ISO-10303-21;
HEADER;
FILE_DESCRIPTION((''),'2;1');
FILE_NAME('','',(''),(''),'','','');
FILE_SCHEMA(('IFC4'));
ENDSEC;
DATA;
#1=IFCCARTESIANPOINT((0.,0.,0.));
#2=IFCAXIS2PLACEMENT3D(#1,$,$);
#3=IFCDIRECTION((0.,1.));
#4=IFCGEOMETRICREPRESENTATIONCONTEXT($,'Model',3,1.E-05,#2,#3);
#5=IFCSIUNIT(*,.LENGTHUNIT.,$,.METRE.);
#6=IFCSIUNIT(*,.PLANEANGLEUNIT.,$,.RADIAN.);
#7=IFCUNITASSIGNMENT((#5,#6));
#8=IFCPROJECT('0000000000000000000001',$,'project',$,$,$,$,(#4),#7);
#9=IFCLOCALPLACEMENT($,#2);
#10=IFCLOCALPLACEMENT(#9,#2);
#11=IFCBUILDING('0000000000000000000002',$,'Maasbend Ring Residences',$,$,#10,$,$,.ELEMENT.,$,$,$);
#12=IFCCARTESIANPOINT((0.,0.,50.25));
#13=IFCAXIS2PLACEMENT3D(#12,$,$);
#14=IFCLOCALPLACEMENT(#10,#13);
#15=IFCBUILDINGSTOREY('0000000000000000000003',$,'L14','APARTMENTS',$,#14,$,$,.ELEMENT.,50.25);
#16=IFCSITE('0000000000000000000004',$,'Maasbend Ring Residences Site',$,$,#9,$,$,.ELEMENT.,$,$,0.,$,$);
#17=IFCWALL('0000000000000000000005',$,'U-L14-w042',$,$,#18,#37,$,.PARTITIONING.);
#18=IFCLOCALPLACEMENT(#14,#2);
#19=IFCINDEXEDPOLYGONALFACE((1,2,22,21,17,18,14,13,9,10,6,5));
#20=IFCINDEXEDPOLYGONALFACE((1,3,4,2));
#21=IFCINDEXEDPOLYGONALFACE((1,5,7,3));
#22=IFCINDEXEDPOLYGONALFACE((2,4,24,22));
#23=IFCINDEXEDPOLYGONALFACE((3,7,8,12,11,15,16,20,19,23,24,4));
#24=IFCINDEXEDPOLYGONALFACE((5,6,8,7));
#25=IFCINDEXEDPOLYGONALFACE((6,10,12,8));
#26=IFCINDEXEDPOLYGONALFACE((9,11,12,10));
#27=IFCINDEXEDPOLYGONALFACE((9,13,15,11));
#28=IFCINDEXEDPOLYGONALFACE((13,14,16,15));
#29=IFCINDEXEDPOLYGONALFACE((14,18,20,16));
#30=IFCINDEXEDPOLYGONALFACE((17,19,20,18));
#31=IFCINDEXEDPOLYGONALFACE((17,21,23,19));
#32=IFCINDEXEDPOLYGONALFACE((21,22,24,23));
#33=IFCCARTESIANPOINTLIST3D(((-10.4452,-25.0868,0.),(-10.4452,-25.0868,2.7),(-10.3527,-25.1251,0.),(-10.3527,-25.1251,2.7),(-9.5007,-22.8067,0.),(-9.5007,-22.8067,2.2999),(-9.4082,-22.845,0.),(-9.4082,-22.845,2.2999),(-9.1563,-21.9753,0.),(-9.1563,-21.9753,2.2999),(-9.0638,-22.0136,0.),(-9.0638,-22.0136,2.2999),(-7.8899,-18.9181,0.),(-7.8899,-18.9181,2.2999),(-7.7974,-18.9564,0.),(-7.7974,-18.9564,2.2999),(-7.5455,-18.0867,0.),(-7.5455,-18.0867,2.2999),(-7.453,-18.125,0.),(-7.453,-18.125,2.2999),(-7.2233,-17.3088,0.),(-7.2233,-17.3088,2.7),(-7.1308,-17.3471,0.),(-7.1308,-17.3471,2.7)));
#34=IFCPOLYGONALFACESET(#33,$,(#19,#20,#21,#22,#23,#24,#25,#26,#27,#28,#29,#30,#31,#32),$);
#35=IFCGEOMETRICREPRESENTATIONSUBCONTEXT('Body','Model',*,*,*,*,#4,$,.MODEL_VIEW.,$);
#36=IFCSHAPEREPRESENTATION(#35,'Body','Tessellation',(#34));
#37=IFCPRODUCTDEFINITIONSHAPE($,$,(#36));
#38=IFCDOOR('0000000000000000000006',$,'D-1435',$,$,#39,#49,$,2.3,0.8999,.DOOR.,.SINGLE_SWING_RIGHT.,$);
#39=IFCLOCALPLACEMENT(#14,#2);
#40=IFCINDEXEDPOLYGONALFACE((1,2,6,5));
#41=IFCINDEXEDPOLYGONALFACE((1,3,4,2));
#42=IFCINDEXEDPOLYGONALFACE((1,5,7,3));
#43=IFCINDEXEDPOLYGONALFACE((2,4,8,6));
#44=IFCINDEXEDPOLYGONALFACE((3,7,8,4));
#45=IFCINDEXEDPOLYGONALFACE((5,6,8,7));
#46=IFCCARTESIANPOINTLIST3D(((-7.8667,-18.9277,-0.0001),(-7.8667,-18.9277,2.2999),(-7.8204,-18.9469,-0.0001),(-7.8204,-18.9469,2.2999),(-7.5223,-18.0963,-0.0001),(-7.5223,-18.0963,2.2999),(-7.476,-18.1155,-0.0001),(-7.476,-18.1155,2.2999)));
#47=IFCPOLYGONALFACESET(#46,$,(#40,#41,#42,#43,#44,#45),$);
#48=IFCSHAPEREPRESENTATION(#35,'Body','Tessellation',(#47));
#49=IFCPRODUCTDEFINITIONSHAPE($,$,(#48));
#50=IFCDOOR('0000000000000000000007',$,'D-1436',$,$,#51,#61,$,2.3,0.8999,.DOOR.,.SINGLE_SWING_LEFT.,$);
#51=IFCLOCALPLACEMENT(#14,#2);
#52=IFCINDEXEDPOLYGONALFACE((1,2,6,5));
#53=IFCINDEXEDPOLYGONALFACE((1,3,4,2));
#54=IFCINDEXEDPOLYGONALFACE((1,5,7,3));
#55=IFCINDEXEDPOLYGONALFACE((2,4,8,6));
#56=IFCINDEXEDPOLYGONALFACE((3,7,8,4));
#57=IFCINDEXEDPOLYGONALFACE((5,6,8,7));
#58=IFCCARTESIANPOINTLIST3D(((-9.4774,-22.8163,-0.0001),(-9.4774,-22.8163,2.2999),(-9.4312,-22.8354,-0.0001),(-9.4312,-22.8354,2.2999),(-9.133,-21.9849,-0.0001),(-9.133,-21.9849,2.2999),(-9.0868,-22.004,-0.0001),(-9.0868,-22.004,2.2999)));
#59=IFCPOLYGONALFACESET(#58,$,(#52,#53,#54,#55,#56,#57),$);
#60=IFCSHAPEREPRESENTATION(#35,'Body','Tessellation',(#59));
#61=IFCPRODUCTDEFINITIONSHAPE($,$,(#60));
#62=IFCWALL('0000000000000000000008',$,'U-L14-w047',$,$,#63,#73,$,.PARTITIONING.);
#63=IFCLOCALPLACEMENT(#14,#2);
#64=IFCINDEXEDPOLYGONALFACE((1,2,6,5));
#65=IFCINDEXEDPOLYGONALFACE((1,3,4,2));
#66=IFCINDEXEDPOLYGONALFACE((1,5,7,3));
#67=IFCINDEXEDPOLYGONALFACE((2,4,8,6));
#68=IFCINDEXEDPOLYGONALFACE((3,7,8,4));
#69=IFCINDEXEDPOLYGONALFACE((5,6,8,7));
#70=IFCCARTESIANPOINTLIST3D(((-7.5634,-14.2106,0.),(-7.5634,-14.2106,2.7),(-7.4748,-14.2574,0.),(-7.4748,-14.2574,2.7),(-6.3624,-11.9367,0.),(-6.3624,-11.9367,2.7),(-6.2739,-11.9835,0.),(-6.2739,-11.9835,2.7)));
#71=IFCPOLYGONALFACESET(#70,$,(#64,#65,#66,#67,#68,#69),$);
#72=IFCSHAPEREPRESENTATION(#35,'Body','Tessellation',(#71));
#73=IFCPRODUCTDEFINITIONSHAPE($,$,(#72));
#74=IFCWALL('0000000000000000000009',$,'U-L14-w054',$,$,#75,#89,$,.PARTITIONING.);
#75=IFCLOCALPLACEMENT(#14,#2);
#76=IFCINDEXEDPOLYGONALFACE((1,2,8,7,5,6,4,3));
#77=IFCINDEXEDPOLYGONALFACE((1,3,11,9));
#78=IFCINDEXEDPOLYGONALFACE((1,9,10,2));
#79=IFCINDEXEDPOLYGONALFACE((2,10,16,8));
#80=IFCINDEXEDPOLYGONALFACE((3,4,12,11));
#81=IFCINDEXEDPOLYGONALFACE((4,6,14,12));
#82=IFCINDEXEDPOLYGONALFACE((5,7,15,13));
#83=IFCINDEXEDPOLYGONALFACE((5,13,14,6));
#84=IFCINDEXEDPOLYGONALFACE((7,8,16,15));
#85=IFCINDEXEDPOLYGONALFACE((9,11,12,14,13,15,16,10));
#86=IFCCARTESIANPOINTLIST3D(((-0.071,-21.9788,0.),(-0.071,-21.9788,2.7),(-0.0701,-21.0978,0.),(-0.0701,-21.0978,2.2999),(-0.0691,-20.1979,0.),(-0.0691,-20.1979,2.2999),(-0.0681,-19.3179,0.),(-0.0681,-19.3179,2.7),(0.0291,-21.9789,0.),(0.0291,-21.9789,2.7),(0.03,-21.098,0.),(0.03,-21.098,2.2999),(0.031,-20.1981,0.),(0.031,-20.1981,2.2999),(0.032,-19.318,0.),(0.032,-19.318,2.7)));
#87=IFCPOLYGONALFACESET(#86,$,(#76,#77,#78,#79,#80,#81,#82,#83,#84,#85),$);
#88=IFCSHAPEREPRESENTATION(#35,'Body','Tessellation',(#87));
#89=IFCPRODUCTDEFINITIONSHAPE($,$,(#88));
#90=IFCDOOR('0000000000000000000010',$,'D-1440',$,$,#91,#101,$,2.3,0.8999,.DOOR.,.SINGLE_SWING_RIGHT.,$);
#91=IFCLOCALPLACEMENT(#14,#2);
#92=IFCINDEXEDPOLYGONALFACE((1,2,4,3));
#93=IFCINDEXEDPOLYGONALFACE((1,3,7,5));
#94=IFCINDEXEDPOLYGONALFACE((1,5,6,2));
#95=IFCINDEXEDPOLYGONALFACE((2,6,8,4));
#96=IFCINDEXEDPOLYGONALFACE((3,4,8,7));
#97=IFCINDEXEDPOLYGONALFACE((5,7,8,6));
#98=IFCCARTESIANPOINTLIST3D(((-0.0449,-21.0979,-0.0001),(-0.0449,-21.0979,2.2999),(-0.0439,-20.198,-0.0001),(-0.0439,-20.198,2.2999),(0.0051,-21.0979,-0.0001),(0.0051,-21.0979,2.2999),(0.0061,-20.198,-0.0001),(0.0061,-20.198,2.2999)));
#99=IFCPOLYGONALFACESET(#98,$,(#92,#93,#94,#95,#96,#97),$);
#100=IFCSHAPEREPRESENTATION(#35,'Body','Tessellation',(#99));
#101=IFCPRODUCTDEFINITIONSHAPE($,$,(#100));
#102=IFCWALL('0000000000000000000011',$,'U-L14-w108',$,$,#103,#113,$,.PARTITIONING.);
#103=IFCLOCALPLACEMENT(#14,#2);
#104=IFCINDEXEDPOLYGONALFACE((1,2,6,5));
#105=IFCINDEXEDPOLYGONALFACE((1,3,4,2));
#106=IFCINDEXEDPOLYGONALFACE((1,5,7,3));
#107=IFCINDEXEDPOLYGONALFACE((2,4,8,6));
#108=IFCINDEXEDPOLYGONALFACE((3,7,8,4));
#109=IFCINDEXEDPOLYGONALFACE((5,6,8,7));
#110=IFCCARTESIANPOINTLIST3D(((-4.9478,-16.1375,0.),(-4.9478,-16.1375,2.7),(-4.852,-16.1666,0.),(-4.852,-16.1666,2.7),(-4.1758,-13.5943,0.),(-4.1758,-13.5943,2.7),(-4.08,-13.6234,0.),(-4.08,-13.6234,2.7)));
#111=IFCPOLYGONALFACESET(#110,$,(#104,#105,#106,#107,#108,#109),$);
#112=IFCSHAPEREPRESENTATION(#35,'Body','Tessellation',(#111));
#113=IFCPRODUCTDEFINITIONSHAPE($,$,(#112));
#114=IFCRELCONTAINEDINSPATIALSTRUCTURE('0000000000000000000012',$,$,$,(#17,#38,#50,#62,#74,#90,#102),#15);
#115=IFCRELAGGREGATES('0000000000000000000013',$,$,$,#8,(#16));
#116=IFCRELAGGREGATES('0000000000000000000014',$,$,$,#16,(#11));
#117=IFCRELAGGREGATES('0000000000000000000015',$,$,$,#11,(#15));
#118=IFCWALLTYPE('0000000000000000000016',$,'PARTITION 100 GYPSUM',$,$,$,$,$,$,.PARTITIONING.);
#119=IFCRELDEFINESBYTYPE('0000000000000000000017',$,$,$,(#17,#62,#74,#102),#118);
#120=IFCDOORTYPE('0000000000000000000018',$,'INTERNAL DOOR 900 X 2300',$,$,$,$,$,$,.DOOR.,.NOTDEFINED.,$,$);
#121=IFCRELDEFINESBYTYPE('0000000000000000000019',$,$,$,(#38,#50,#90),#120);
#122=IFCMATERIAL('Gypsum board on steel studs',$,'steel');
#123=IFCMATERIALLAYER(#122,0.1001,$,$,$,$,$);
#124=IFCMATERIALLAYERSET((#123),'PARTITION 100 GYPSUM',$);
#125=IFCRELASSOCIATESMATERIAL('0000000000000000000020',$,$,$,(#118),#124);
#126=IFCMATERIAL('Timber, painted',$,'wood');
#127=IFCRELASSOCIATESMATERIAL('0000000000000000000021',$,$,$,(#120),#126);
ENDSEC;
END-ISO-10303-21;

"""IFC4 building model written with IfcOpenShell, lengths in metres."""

from ifc_helpers import new_model, si_unit, direction, frame, frame_2d, origin, place, context, subcontext, project, spatial, rectangle, extrude, material, layer, layer_set, type_object, element, fill, save


model = new_model("IFC4")

# Units and contexts
model_context = context("Model", 3, precision=1e-05, world=origin(), true_north=direction((0.0, 1.0)))
body_context = subcontext(model_context, "Body", "Model", "MODEL_VIEW")
ifc_project = project(units=[si_unit("LENGTHUNIT", "METRE"), si_unit("PLANEANGLEUNIT", "RADIAN")], contexts=[model_context])

# Site, building, storey
site_placement = place(None, origin())
site = spatial("IfcSite", under=ifc_project, at=site_placement, Name="Maasbend Ring Residences Site", CompositionType="ELEMENT", RefElevation=0.0)
building_placement = place(site_placement, origin())
building = spatial("IfcBuilding", under=site, at=building_placement, Name="Maasbend Ring Residences", CompositionType="ELEMENT")
storey_placement = place(building_placement, frame((0.0, 0.0, 50.25)))
storey = spatial("IfcBuildingStorey", under=building, at=storey_placement, Name="L14", Description="APARTMENTS", CompositionType="ELEMENT", Elevation=50.25)

# Shared definitions
ifc_material_1 = material(Name="Gypsum board on steel studs", Category="steel")
ifc_layer_1 = layer(ifc_material_1, 0.1001)
ifc_layer_set_1 = layer_set([ifc_layer_1], Name="PARTITION 100 GYPSUM")
wall_type_1 = type_object("IfcWallType", Name="PARTITION 100 GYPSUM", PredefinedType="PARTITIONING", material=ifc_layer_set_1)

# Wall, openings, doors
wall_1_placement = place(storey_placement, frame((-10.3989, -25.106, 0.0), z_axis=(0.0, 0.0, 1.0), x_axis=(0.382698, 0.923874, 0.0)))
wall_1 = element("IfcWall", 1, at=wall_1_placement, inside=storey, type_object=wall_type_1, Name="U-L14-w042", PredefinedType="PARTITIONING", context=body_context, shape_type="SweptSolid", body=[
    extrude(rectangle(XDim=8.4189, YDim=0.1001, at=frame_2d((4.2095, 0.0))), origin(), (0.0, 0.0, 1.0), 2.7),
])
opening_1_placement = place(wall_1_placement, frame((6.677, 0.0, 0.0)))
opening_1 = element("IfcOpeningElement", 2, at=opening_1_placement, cuts=wall_1, PredefinedType="OPENING", context=body_context, shape_type="SweptSolid", body=[
    extrude(rectangle(XDim=0.8999, YDim=2.3, at=frame_2d((0.45, 1.1499))), frame((0.0, 0.0601, 0.0), z_axis=(0.0, -1.0, 0.0), x_axis=(1.0, 0.0, 0.0)), (0.0, 0.0, 1.0), 0.1201),
])
opening_2_placement = place(wall_1_placement, frame((2.468, 0.0, 0.0)))
opening_2 = element("IfcOpeningElement", 3, at=opening_2_placement, cuts=wall_1, PredefinedType="OPENING", context=body_context, shape_type="SweptSolid", body=[
    extrude(rectangle(XDim=0.8999, YDim=2.3, at=frame_2d((0.45, 1.1499))), frame((0.0, 0.0601, 0.0), z_axis=(0.0, -1.0, 0.0), x_axis=(1.0, 0.0, 0.0)), (0.0, 0.0, 1.0), 0.1201),
])
ifc_material_2 = material(Name="Timber, painted", Category="wood")
door_type_1 = type_object("IfcDoorType", Name="INTERNAL DOOR 900 X 2300", OperationType="NOTDEFINED", PredefinedType="DOOR", material=ifc_material_2)
door_1_placement = place(opening_1_placement, origin())
door_1 = element("IfcDoor", 4, at=door_1_placement, inside=storey, type_object=door_type_1, Name="D-1435", OperationType="SINGLE_SWING_RIGHT", OverallHeight=2.3, OverallWidth=0.8999, PredefinedType="DOOR", context=body_context, shape_type="SweptSolid", body=[
    extrude(rectangle(XDim=0.8999, YDim=2.3, at=frame_2d((0.45, 1.1499))), frame((0.0, 0.0249, 0.0), z_axis=(0.0, -1.0, 0.0), x_axis=(1.0, 0.0, 0.0)), (0.0, 0.0, 1.0), 0.05),
])
fill(opening_1, door_1)
door_2_placement = place(opening_2_placement, origin())
door_2 = element("IfcDoor", 5, at=door_2_placement, inside=storey, type_object=door_type_1, Name="D-1436", OperationType="SINGLE_SWING_LEFT", OverallHeight=2.3, OverallWidth=0.8999, PredefinedType="DOOR", context=body_context, shape_type="SweptSolid", body=[
    extrude(rectangle(XDim=0.8999, YDim=2.3, at=frame_2d((0.45, 1.1499))), frame((0.0, 0.0249, 0.0), z_axis=(0.0, -1.0, 0.0), x_axis=(1.0, 0.0, 0.0)), (0.0, 0.0, 1.0), 0.05),
])
fill(opening_2, door_2)

# Wall
wall_2_placement = place(storey_placement, frame((-7.519, -14.2339, 0.0), z_axis=(0.0, 0.0, 1.0), x_axis=(0.467002, 0.884256, 0.0)))
element("IfcWall", 6, at=wall_2_placement, inside=storey, type_object=wall_type_1, Name="U-L14-w047", PredefinedType="PARTITIONING", context=body_context, shape_type="SweptSolid", body=[
    extrude(rectangle(XDim=2.5715, YDim=0.1001, at=frame_2d((1.2856, 0.0))), origin(), (0.0, 0.0, 1.0), 2.7),
])

# Wall, opening, door
wall_3_placement = place(storey_placement, frame((-0.021, -21.979, 0.0), z_axis=(0.0, 0.0, 1.0), x_axis=(0.001101, 0.999999, 0.0)))
wall_3 = element("IfcWall", 7, at=wall_3_placement, inside=storey, type_object=wall_type_1, Name="U-L14-w054", PredefinedType="PARTITIONING", context=body_context, shape_type="SweptSolid", body=[
    extrude(rectangle(XDim=2.6609, YDim=0.1001, at=frame_2d((1.3306, 0.0))), origin(), (0.0, 0.0, 1.0), 2.7),
])
opening_3_placement = place(wall_3_placement, frame((0.8811, 0.0, 0.0)))
opening_3 = element("IfcOpeningElement", 8, at=opening_3_placement, cuts=wall_3, PredefinedType="OPENING", context=body_context, shape_type="SweptSolid", body=[
    extrude(rectangle(XDim=0.8999, YDim=2.3, at=frame_2d((0.45, 1.1499))), frame((0.0, 0.0601, 0.0), z_axis=(0.0, -1.0, 0.0), x_axis=(1.0, 0.0, 0.0)), (0.0, 0.0, 1.0), 0.1201),
])
door_3_placement = place(opening_3_placement, origin())
door_3 = element("IfcDoor", 9, at=door_3_placement, inside=storey, type_object=door_type_1, Name="D-1440", OperationType="SINGLE_SWING_RIGHT", OverallHeight=2.3, OverallWidth=0.8999, PredefinedType="DOOR", context=body_context, shape_type="SweptSolid", body=[
    extrude(rectangle(XDim=0.8999, YDim=2.3, at=frame_2d((0.45, 1.1499))), frame((0.0, 0.0249, 0.0), z_axis=(0.0, -1.0, 0.0), x_axis=(1.0, 0.0, 0.0)), (0.0, 0.0, 1.0), 0.05),
])
fill(opening_3, door_3)

# Wall
wall_4_placement = place(storey_placement, frame((-4.1279, -13.6089, 0.0), z_axis=(0.0, 0.0, 1.0), x_axis=(-0.290456, -0.956888, 0.0)))
element("IfcWall", 10, at=wall_4_placement, inside=storey, type_object=wall_type_1, Name="U-L14-w108", PredefinedType="PARTITIONING", context=body_context, shape_type="SweptSolid", body=[
    extrude(rectangle(XDim=2.6577, YDim=0.1001, at=frame_2d((1.3289, 0.0))), origin(), (0.0, 0.0, 1.0), 2.7),
])

save(model, "model.ifc")
